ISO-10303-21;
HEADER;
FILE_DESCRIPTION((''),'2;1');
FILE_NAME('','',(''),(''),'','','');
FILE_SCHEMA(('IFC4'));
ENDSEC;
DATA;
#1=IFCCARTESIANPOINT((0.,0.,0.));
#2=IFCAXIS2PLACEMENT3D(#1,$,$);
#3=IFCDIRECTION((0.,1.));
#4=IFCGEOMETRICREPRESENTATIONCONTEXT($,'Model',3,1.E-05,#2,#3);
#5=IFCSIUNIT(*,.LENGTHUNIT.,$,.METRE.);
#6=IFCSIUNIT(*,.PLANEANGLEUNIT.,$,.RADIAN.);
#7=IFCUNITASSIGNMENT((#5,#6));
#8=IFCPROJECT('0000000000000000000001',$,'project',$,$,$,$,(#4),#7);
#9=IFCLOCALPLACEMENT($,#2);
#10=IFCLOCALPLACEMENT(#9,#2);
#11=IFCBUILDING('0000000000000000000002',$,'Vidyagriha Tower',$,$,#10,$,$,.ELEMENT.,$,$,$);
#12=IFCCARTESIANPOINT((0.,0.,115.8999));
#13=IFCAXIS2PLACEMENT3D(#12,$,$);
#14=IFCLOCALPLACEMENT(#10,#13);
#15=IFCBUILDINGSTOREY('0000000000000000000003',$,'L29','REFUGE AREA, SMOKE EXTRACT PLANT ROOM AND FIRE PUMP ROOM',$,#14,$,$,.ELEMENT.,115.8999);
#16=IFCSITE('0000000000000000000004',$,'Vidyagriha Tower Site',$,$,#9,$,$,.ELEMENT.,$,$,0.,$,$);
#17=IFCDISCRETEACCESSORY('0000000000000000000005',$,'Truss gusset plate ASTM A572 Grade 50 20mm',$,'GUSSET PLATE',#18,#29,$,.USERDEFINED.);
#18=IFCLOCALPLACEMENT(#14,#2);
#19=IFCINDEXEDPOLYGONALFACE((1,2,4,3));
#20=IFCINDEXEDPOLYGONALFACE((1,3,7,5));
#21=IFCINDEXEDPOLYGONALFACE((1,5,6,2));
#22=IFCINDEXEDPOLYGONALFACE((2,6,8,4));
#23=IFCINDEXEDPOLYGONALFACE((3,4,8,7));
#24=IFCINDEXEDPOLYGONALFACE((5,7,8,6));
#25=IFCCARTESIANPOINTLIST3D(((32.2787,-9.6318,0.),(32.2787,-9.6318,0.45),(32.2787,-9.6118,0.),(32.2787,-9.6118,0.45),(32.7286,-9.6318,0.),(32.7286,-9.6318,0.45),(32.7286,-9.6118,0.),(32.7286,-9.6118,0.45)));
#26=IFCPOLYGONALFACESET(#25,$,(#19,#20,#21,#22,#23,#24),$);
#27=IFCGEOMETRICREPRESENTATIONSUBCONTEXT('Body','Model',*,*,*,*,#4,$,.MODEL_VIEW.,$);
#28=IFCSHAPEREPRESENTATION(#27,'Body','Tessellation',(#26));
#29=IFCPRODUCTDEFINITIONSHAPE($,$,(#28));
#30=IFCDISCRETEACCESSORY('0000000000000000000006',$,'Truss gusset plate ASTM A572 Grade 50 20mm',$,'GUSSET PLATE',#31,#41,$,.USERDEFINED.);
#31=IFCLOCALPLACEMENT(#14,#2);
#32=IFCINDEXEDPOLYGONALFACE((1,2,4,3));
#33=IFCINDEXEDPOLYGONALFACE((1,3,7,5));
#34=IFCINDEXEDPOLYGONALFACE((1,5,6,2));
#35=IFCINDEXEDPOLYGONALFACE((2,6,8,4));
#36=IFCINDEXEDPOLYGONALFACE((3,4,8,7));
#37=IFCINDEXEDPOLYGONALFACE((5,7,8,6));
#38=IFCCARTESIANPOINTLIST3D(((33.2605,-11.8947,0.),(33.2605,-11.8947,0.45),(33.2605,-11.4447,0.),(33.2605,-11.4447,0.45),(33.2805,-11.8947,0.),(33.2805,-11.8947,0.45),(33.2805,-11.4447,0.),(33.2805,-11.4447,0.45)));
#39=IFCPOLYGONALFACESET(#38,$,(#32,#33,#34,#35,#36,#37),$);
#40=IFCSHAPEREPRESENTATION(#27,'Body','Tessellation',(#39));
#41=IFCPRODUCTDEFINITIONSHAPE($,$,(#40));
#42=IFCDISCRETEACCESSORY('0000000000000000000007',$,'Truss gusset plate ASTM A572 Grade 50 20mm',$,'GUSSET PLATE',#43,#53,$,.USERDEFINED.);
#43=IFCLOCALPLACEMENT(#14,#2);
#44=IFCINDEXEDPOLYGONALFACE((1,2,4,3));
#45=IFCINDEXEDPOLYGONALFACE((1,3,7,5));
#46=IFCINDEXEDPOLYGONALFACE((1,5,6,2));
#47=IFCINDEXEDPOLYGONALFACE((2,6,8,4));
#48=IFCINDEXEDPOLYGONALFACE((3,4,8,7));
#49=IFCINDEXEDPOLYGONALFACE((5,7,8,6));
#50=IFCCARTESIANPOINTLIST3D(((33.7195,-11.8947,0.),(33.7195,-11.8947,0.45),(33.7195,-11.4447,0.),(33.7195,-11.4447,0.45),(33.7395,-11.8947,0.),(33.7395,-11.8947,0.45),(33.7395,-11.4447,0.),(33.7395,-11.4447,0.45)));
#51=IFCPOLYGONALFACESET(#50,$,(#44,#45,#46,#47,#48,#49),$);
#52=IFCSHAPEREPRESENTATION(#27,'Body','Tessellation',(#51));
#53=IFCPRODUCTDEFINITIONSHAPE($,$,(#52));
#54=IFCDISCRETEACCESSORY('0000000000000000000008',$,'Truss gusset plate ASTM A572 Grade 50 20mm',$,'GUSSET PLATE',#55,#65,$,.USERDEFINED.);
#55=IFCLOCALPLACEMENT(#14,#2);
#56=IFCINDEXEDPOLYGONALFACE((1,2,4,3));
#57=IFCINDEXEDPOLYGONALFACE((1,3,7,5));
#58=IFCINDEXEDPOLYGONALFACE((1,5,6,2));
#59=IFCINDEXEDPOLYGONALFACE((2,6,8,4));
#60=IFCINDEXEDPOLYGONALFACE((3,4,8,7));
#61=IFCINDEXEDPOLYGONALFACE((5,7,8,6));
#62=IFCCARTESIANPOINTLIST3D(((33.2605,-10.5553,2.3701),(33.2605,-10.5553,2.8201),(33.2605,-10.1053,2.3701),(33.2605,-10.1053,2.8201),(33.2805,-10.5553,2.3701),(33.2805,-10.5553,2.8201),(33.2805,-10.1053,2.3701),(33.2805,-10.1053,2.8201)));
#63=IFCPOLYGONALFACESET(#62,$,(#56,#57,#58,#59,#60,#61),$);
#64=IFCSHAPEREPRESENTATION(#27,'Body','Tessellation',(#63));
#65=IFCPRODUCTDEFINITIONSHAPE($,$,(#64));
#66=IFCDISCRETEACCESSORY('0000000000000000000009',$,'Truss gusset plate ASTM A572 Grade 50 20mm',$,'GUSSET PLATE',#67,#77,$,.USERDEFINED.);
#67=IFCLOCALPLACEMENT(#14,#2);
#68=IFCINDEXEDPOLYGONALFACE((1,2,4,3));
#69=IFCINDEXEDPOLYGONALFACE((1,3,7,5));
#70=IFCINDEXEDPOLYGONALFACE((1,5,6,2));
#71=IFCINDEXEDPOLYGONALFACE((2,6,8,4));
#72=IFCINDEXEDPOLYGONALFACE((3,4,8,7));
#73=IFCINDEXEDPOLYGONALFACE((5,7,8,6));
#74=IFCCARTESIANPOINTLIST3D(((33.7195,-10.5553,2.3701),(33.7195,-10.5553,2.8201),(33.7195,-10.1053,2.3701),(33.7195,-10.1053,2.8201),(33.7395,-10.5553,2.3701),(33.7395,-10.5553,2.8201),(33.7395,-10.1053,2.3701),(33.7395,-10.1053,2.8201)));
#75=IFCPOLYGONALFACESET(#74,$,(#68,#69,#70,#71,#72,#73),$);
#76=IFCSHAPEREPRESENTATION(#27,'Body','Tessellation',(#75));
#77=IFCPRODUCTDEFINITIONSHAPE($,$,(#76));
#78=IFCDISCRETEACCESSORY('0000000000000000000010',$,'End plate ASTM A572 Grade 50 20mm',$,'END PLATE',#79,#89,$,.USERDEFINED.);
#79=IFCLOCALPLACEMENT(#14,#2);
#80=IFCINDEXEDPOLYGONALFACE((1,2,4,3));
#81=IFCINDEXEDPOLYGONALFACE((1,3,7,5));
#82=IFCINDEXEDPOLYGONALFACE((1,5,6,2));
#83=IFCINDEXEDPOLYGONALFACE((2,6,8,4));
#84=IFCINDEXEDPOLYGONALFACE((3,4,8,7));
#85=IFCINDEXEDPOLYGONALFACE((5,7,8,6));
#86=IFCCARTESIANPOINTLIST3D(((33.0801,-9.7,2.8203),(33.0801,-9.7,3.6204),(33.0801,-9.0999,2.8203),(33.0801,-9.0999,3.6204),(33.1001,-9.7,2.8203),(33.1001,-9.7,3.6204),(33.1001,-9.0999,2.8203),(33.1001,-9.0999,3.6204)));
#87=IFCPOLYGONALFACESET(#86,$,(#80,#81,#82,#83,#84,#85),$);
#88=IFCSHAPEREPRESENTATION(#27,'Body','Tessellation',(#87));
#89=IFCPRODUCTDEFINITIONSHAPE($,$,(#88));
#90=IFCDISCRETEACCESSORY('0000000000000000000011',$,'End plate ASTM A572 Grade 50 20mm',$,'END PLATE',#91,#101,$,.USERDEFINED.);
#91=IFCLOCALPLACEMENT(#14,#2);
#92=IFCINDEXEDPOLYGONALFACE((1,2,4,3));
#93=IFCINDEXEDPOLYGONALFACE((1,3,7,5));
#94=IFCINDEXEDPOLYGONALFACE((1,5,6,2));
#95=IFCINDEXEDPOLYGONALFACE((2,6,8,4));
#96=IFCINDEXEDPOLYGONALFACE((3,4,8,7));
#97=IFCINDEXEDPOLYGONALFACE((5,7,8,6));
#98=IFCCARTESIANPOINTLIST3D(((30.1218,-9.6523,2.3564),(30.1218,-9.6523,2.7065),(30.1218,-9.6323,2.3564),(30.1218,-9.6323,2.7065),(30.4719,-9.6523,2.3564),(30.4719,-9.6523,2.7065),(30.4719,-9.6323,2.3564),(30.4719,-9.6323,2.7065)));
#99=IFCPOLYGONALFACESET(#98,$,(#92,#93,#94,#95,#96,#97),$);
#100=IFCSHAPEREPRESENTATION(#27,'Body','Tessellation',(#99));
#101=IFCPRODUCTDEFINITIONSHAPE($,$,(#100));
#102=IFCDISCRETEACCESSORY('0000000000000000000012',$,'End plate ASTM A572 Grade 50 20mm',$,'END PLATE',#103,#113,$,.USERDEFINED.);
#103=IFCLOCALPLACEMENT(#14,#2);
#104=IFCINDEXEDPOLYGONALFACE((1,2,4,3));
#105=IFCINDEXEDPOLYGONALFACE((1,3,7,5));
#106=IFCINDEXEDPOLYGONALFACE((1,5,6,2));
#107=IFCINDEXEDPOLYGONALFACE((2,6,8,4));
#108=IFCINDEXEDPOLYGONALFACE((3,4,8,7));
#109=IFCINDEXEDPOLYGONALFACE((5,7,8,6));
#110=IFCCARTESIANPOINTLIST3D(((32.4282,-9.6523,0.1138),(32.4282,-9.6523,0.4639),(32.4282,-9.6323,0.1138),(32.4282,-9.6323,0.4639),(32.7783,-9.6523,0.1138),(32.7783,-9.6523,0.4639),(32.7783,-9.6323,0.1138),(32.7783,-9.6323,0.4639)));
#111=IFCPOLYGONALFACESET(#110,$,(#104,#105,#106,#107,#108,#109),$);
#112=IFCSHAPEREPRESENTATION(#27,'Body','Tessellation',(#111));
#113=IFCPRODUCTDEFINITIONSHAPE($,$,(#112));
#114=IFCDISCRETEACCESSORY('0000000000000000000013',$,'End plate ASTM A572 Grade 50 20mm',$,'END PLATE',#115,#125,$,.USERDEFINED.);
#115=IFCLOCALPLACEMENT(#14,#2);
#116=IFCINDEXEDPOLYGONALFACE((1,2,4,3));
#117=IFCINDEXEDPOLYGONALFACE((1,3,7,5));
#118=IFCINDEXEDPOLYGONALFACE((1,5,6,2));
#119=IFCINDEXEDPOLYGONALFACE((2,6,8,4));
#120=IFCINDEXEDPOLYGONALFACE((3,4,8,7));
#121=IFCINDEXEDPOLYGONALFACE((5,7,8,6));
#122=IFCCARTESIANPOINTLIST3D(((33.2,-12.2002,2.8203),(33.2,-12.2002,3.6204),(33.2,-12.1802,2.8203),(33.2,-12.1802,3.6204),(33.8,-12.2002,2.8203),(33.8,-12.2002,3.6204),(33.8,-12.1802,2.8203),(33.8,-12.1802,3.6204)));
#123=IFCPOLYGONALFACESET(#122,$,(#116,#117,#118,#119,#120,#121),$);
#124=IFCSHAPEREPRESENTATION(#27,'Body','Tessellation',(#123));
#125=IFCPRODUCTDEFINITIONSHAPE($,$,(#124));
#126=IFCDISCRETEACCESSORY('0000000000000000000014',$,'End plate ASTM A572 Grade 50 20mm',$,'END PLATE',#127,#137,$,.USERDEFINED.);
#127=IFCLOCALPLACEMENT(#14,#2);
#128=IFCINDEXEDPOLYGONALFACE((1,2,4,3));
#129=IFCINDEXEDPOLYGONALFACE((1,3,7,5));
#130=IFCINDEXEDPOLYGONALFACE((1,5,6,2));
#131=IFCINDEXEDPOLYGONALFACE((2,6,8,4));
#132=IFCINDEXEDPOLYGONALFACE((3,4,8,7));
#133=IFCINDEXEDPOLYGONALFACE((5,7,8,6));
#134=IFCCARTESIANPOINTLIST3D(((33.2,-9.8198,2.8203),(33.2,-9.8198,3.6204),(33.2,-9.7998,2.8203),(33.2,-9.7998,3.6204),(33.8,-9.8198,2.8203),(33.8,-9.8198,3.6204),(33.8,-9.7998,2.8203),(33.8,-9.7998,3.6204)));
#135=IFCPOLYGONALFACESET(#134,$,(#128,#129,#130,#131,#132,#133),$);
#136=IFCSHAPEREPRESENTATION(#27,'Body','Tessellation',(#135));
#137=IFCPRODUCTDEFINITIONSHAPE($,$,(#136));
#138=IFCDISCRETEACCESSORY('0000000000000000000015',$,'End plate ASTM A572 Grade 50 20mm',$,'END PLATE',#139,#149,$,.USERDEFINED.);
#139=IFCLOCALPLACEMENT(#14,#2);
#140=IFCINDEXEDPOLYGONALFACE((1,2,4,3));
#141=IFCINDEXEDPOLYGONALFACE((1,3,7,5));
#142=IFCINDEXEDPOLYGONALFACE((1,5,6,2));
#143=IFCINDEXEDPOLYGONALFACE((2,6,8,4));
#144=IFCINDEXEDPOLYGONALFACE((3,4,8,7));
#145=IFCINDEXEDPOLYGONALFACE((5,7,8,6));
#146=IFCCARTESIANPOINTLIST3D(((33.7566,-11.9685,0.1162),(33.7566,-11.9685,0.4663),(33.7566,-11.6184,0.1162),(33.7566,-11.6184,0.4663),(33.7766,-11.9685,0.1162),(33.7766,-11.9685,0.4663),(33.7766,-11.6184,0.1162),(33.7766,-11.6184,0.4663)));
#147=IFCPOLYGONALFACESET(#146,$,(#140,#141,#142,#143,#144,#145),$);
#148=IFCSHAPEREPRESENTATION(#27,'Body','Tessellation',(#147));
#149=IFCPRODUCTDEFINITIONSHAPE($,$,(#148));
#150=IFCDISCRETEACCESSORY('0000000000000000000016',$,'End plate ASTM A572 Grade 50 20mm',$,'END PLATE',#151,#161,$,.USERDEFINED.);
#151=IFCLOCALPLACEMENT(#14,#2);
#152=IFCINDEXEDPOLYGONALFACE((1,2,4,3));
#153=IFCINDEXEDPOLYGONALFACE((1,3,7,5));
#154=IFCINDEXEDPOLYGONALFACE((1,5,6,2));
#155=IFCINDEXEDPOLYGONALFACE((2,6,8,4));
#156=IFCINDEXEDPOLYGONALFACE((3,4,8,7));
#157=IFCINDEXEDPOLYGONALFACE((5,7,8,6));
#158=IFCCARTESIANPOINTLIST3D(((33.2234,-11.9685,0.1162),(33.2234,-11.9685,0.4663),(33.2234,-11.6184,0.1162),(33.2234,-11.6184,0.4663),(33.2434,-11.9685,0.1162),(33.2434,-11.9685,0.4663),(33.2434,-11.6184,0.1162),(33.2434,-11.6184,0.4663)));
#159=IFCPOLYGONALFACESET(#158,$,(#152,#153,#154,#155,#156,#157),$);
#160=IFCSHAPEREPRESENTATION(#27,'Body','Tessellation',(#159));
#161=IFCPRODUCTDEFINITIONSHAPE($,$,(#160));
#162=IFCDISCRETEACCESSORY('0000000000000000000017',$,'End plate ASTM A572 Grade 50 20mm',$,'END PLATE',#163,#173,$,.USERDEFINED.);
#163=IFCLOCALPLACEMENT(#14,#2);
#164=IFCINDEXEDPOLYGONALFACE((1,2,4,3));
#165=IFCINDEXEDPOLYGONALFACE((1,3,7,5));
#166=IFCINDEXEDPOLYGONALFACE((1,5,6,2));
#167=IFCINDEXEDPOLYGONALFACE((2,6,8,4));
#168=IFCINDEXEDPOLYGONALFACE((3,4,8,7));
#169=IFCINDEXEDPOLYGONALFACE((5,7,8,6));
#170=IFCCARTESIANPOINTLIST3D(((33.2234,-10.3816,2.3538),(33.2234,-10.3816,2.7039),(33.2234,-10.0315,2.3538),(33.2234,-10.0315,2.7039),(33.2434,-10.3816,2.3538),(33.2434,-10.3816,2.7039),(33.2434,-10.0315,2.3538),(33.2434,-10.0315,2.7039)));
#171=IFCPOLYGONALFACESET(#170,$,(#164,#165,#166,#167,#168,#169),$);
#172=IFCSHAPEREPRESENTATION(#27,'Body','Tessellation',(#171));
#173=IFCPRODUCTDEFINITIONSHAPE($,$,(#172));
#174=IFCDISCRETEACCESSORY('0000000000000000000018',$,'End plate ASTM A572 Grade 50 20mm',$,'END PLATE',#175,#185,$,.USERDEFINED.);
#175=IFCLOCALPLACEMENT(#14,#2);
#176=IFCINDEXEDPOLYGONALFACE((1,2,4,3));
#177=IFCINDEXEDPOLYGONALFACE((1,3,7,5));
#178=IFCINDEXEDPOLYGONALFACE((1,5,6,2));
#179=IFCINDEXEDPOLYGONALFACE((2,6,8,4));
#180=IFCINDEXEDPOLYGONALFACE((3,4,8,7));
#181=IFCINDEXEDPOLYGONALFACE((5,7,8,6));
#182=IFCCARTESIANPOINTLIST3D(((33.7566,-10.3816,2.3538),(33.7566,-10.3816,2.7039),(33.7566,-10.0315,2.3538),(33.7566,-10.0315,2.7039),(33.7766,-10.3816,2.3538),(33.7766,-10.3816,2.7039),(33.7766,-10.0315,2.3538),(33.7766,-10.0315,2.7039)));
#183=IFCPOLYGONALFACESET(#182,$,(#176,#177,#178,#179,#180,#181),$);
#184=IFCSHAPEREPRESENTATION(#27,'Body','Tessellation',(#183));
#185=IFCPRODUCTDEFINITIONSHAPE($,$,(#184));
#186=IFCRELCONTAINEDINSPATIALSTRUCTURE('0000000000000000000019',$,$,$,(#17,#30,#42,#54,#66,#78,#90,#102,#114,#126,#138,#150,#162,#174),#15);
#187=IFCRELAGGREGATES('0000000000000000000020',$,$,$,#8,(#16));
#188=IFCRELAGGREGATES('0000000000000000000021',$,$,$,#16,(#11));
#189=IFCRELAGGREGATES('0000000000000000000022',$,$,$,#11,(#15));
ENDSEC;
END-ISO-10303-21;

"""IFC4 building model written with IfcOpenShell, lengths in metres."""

from ifc_helpers import new_model, si_unit, direction, frame, origin, origin_2d, place, context, subcontext, project, spatial, rectangle, extrude, element, save


model = new_model("IFC4")

# Units and contexts
model_context = context("Model", 3, precision=1e-05, world=origin(), true_north=direction((0.0, 1.0)))
body_context = subcontext(model_context, "Body", "Model", "MODEL_VIEW")
ifc_project = project(units=[si_unit("LENGTHUNIT", "METRE"), si_unit("PLANEANGLEUNIT", "RADIAN")], contexts=[model_context])

# Site, building, storey
site_placement = place(None, origin())
site = spatial("IfcSite", under=ifc_project, at=site_placement, Name="Vidyagriha Tower Site", CompositionType="ELEMENT", RefElevation=0.0)
building_placement = place(site_placement, origin())
building = spatial("IfcBuilding", under=site, at=building_placement, Name="Vidyagriha Tower", CompositionType="ELEMENT")
storey_placement = place(building_placement, frame((0.0, 0.0, 115.8999)))
storey = spatial("IfcBuildingStorey", under=building, at=storey_placement, Name="L29", Description="REFUGE AREA, SMOKE EXTRACT PLANT ROOM AND FIRE PUMP ROOM", CompositionType="ELEMENT", Elevation=115.8999)

# Discrete accessories
for number, where, name in (
    (1, (32.5037, -9.6218, 0.0), "Truss gusset plate ASTM A572 Grade 50 20mm"),
):
    element("IfcDiscreteAccessory", number, at=place(storey_placement, frame(where)), inside=storey, Name=name, ObjectType="GUSSET PLATE", PredefinedType="USERDEFINED", context=body_context, shape_type="SweptSolid", body=[
        extrude(rectangle(XDim=0.45, YDim=0.02, at=origin_2d()), origin(), (0.0, 0.0, 1.0), 0.45),
    ])
for number, where, z_axis, x_axis, name in (
    (2, (33.2705, -11.6697, 0.0), (0.0, 0.0, 1.0), (0.0, 1.0, 0.0), "Truss gusset plate ASTM A572 Grade 50 20mm"),
    (3, (33.7295, -11.6697, 0.0), (0.0, 0.0, 1.0), (0.0, 1.0, 0.0), "Truss gusset plate ASTM A572 Grade 50 20mm"),
    (4, (33.2705, -10.3303, 2.3701), (0.0, 0.0, 1.0), (0.0, 1.0, 0.0), "Truss gusset plate ASTM A572 Grade 50 20mm"),
    (5, (33.7295, -10.3303, 2.3701), (0.0, 0.0, 1.0), (0.0, 1.0, 0.0), "Truss gusset plate ASTM A572 Grade 50 20mm"),
):
    element("IfcDiscreteAccessory", number, at=place(storey_placement, frame(where, z_axis=z_axis, x_axis=x_axis)), inside=storey, Name=name, ObjectType="GUSSET PLATE", PredefinedType="USERDEFINED", context=body_context, shape_type="SweptSolid", body=[
        extrude(rectangle(XDim=0.45, YDim=0.02, at=origin_2d()), origin(), (0.0, 0.0, 1.0), 0.45),
    ])
discrete_accessory_1_placement = place(storey_placement, frame((33.0901, -9.3999, 2.8203)))
element("IfcDiscreteAccessory", 6, at=discrete_accessory_1_placement, inside=storey, Name="End plate ASTM A572 Grade 50 20mm", ObjectType="END PLATE", PredefinedType="USERDEFINED", context=body_context, shape_type="SweptSolid", body=[
    extrude(rectangle(XDim=0.02, YDim=0.6001, at=origin_2d()), origin(), (0.0, 0.0, 1.0), 0.8),
])
discrete_accessory_2_placement = place(storey_placement, frame((30.2969, -9.6423, 2.3564), z_axis=(0.0, 0.0, 1.0), x_axis=(-1.0, 0.0, 0.0)))
element("IfcDiscreteAccessory", 7, at=discrete_accessory_2_placement, inside=storey, Name="End plate ASTM A572 Grade 50 20mm", ObjectType="END PLATE", PredefinedType="USERDEFINED", context=body_context, shape_type="SweptSolid", body=[
    extrude(rectangle(XDim=0.3501, YDim=0.02, at=origin_2d()), origin(), (0.0, 0.0, 1.0), 0.3501),
])
discrete_accessory_3_placement = place(storey_placement, frame((32.6033, -9.6423, 0.1138)))
element("IfcDiscreteAccessory", 8, at=discrete_accessory_3_placement, inside=storey, Name="End plate ASTM A572 Grade 50 20mm", ObjectType="END PLATE", PredefinedType="USERDEFINED", context=body_context, shape_type="SweptSolid", body=[
    extrude(rectangle(XDim=0.3501, YDim=0.02, at=origin_2d()), origin(), (0.0, 0.0, 1.0), 0.3501),
])
for number, where, z_axis, x_axis, name in (
    (9, (33.5, -12.1902, 2.8203), (0.0, 0.0, 1.0), (0.0, -1.0, 0.0), "End plate ASTM A572 Grade 50 20mm"),
    (10, (33.5, -9.8098, 2.8203), (0.0, 0.0, 1.0), (0.0, 1.0, 0.0), "End plate ASTM A572 Grade 50 20mm"),
):
    element("IfcDiscreteAccessory", number, at=place(storey_placement, frame(where, z_axis=z_axis, x_axis=x_axis)), inside=storey, Name=name, ObjectType="END PLATE", PredefinedType="USERDEFINED", context=body_context, shape_type="SweptSolid", body=[
        extrude(rectangle(XDim=0.02, YDim=0.6001, at=origin_2d()), origin(), (0.0, 0.0, 1.0), 0.8),
    ])
for number, where, z_axis, x_axis, name in (
    (11, (33.7666, -11.7935, 0.1162), (0.0, 0.0, 1.0), (0.0, -1.0, 0.0), "End plate ASTM A572 Grade 50 20mm"),
    (12, (33.2334, -11.7935, 0.1162), (0.0, 0.0, 1.0), (0.0, -1.0, 0.0), "End plate ASTM A572 Grade 50 20mm"),
    (13, (33.2334, -10.2065, 2.3538), (0.0, 0.0, 1.0), (0.0, 1.0, 0.0), "End plate ASTM A572 Grade 50 20mm"),
    (14, (33.7666, -10.2065, 2.3538), (0.0, 0.0, 1.0), (0.0, 1.0, 0.0), "End plate ASTM A572 Grade 50 20mm"),
):
    element("IfcDiscreteAccessory", number, at=place(storey_placement, frame(where, z_axis=z_axis, x_axis=x_axis)), inside=storey, Name=name, ObjectType="END PLATE", PredefinedType="USERDEFINED", context=body_context, shape_type="SweptSolid", body=[
        extrude(rectangle(XDim=0.3501, YDim=0.02, at=origin_2d()), origin(), (0.0, 0.0, 1.0), 0.3501),
    ])

save(model, "model.ifc")
